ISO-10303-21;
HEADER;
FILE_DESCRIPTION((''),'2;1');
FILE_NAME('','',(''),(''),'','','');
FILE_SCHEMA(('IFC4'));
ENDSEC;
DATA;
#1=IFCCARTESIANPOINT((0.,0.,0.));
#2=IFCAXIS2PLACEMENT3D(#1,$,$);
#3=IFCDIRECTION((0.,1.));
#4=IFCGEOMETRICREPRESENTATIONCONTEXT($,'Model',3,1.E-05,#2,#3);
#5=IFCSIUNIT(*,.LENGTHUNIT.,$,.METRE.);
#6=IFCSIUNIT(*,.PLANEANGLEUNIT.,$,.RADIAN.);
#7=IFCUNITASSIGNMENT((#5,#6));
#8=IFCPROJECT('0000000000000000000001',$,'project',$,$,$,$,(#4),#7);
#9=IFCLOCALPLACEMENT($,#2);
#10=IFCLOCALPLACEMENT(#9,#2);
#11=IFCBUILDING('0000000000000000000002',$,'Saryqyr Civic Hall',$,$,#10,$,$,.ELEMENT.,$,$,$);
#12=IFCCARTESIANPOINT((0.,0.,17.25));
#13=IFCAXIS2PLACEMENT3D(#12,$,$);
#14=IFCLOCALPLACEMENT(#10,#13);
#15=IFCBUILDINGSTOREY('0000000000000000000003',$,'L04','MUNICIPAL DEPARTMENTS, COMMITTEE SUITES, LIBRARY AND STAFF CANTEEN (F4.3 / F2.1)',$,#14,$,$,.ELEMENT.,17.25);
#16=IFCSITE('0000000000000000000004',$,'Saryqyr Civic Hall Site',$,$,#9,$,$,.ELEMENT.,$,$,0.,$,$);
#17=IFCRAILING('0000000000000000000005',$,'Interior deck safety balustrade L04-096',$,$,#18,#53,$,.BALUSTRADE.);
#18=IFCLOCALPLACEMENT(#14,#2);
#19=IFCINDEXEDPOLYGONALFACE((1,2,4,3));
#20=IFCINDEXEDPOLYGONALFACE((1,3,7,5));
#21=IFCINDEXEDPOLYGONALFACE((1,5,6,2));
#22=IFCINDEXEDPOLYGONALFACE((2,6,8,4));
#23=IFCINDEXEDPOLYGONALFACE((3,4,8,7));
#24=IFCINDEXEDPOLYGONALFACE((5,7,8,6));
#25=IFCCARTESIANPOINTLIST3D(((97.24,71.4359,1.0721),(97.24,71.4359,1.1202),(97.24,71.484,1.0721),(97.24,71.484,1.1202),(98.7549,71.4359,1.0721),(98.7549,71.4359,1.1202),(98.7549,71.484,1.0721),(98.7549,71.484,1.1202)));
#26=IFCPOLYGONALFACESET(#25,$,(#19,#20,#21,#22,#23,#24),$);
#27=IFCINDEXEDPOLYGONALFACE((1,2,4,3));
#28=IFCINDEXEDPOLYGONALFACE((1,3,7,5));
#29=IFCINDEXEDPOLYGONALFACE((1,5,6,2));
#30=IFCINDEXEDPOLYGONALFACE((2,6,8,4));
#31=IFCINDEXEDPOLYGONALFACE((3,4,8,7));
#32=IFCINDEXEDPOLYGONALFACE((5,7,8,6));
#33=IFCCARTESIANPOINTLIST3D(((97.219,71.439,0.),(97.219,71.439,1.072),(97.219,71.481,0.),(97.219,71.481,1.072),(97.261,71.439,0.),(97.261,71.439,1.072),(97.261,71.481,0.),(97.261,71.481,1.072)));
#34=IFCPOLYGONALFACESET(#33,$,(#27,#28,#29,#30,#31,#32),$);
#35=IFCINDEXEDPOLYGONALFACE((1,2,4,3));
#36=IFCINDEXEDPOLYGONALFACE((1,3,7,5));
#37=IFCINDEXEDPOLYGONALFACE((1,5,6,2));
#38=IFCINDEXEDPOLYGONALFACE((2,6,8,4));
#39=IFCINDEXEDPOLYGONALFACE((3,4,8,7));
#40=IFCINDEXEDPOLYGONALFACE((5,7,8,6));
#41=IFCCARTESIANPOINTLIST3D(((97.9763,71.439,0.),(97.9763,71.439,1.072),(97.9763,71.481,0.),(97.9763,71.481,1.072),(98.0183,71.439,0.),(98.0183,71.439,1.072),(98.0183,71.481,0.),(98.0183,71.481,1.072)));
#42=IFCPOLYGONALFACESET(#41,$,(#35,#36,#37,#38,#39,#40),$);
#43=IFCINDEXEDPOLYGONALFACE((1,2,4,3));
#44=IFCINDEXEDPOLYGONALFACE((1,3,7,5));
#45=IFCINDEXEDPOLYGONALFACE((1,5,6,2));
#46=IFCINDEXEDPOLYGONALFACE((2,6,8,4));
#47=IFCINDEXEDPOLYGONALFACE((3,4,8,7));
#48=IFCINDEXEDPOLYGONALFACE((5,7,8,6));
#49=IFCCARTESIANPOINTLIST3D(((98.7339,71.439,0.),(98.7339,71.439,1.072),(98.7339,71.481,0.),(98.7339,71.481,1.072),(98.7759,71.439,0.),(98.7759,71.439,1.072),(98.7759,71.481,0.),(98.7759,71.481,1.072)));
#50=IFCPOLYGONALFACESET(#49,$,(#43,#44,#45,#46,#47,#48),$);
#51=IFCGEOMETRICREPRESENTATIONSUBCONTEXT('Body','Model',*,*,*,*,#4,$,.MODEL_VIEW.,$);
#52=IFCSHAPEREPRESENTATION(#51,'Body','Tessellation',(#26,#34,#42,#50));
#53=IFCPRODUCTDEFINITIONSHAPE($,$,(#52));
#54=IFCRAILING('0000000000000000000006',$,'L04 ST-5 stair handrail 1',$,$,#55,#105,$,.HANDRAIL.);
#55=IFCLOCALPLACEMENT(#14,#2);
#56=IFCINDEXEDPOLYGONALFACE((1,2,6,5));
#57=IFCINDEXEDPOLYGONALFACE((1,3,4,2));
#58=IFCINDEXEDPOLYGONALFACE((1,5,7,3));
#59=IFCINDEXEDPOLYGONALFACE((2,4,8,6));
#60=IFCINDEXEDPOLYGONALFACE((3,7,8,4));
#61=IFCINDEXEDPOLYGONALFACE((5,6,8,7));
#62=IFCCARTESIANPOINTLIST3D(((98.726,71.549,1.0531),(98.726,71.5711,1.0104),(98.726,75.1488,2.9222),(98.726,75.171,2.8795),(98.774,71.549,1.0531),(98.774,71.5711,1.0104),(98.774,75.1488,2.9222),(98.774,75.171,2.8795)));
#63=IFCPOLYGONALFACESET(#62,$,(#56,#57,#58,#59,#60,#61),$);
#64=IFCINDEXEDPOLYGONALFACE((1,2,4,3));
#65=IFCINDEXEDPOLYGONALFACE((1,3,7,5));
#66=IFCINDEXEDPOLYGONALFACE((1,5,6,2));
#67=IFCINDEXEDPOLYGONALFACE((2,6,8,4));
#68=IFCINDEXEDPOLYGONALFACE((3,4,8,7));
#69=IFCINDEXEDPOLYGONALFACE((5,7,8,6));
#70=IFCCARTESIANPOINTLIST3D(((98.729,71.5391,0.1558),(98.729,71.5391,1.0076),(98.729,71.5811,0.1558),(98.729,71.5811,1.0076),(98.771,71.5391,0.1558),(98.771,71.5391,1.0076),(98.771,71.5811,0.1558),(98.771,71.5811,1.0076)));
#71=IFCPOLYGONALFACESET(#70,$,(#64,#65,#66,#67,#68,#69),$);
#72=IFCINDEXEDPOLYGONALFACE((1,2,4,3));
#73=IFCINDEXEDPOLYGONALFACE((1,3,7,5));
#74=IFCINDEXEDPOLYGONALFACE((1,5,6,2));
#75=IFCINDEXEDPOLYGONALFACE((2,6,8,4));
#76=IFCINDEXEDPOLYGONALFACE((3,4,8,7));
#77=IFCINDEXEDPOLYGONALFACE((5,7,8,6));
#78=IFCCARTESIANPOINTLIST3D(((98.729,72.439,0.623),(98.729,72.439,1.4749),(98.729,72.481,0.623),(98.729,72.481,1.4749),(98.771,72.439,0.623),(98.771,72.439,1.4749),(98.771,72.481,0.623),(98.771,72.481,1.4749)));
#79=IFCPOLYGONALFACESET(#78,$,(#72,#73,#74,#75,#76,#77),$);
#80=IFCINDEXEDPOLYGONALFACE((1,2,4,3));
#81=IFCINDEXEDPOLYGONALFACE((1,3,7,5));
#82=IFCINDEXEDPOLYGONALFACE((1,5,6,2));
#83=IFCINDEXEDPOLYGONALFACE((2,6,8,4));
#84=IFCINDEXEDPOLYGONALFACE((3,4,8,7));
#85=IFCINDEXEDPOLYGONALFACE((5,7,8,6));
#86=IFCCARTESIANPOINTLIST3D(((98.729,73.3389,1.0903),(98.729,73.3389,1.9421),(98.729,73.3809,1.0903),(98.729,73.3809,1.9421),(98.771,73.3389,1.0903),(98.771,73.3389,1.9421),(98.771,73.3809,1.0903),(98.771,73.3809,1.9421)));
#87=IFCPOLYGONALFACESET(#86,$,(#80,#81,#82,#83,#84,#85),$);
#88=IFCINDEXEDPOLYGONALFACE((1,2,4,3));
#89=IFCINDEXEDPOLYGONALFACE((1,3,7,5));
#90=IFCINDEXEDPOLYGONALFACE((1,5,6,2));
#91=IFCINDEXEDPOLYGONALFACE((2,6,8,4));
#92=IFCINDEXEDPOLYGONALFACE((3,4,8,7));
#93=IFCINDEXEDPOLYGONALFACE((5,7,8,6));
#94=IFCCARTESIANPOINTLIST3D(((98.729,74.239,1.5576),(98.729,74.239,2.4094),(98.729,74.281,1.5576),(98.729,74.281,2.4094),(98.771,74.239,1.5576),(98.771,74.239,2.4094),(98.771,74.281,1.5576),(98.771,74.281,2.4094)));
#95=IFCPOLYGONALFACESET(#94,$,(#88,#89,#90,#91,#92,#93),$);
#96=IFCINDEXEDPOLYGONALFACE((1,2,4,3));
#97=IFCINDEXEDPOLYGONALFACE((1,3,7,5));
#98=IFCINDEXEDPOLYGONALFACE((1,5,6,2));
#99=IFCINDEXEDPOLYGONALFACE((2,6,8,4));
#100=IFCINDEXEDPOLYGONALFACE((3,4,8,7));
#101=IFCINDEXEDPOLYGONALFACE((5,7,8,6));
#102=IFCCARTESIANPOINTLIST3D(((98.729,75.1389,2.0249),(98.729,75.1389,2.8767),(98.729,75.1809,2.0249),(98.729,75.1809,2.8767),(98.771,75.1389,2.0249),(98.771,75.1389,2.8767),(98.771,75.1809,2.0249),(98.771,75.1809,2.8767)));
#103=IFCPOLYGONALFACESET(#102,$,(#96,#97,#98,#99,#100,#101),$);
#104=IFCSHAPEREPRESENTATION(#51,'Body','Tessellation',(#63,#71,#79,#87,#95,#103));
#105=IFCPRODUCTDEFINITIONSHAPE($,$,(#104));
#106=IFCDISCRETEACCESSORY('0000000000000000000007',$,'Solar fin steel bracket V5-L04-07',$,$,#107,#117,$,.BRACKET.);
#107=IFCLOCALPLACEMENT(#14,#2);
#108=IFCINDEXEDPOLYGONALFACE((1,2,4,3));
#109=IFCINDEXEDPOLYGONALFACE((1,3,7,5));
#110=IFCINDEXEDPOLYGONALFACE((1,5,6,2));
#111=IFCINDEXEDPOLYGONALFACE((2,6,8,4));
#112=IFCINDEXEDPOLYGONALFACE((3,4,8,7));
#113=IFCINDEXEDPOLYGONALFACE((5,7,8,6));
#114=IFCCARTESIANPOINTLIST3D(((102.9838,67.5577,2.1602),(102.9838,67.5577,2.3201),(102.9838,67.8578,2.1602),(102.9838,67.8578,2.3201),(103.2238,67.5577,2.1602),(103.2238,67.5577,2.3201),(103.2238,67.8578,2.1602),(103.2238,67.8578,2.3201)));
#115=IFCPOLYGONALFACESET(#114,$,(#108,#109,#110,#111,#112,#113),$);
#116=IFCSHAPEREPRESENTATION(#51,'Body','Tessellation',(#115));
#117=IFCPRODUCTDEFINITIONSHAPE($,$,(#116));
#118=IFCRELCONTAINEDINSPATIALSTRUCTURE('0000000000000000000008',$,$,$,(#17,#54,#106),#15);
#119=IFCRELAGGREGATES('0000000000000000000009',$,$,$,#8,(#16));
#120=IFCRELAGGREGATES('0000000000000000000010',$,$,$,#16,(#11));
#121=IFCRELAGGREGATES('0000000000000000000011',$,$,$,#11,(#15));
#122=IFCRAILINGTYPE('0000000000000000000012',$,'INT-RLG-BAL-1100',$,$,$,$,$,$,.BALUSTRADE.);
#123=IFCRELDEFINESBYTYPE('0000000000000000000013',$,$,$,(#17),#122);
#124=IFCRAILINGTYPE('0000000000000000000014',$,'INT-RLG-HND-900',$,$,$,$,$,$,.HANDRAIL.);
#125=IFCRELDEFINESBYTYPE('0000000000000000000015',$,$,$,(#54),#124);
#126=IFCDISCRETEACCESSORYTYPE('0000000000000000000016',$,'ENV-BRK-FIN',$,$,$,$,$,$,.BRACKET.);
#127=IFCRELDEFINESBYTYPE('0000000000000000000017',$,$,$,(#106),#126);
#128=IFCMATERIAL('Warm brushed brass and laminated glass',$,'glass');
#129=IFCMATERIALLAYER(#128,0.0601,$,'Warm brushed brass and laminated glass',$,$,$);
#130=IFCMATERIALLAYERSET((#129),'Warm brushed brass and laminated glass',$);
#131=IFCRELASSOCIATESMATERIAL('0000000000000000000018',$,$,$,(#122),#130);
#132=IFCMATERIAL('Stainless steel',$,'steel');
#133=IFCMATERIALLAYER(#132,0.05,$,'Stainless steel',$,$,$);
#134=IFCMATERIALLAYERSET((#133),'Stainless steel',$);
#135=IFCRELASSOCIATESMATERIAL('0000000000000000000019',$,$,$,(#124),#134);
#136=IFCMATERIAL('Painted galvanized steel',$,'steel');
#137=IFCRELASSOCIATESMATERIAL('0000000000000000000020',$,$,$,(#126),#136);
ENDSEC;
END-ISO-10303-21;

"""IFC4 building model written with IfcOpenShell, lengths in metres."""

from ifc_helpers import new_model, si_unit, direction, frame, origin, origin_2d, place, context, subcontext, project, spatial, rectangle, extrude, material, layer, layer_set, type_object, element, save


model = new_model("IFC4")

# Units and contexts
model_context = context("Model", 3, precision=1e-05, world=origin(), true_north=direction((0.0, 1.0)))
body_context = subcontext(model_context, "Body", "Model", "MODEL_VIEW")
ifc_project = project(units=[si_unit("LENGTHUNIT", "METRE"), si_unit("PLANEANGLEUNIT", "RADIAN")], contexts=[model_context])

# Site, building, storey
site_placement = place(None, origin())
site = spatial("IfcSite", under=ifc_project, at=site_placement, Name="Saryqyr Civic Hall Site", CompositionType="ELEMENT", RefElevation=0.0)
building_placement = place(site_placement, origin())
building = spatial("IfcBuilding", under=site, at=building_placement, Name="Saryqyr Civic Hall", CompositionType="ELEMENT")
storey_placement = place(building_placement, frame((0.0, 0.0, 17.25)))
storey = spatial("IfcBuildingStorey", under=building, at=storey_placement, Name="L04", Description="MUNICIPAL DEPARTMENTS, COMMITTEE SUITES, LIBRARY AND STAFF CANTEEN (F4.3 / F2.1)", CompositionType="ELEMENT", Elevation=17.25)

# Shared definitions
ifc_material_1 = material(Name="Painted galvanized steel", Category="steel")

# Railings
ifc_material_2 = material(Name="Warm brushed brass and laminated glass", Category="glass")
ifc_layer_1 = layer(ifc_material_2, 0.0601, Name="Warm brushed brass and laminated glass")
ifc_layer_set_1 = layer_set([ifc_layer_1], Name="Warm brushed brass and laminated glass")
railing_type_1 = type_object("IfcRailingType", Name="INT-RLG-BAL-1100", PredefinedType="BALUSTRADE", material=ifc_layer_set_1)
railing_1_placement = place(storey_placement, frame((97.24, 71.46, 0.0)))
element("IfcRailing", 1, at=railing_1_placement, inside=storey, type_object=railing_type_1, Name="Interior deck safety balustrade L04-096", PredefinedType="BALUSTRADE", context=body_context, shape_type="SweptSolid", body=[
    extrude(rectangle(XDim=0.0481, YDim=0.0481, at=origin_2d()), frame((0.0, 0.0, 1.0962), z_axis=(1.0, 0.0, 0.0), x_axis=(0.0, 1.0, 0.0)), (0.0, 0.0, 1.0), 1.5149),
    extrude(rectangle(XDim=0.042, YDim=0.042, at=origin_2d()), origin(), (0.0, 0.0, 1.0), 1.072),
    extrude(rectangle(XDim=0.042, YDim=0.042, at=origin_2d()), frame((0.7573, 0.0, 0.0)), (0.0, 0.0, 1.0), 1.072),
    extrude(rectangle(XDim=0.042, YDim=0.042, at=origin_2d()), frame((1.5149, 0.0, 0.0)), (0.0, 0.0, 1.0), 1.072),
])
ifc_material_3 = material(Name="Stainless steel", Category="steel")
ifc_layer_2 = layer(ifc_material_3, 0.05, Name="Stainless steel")
ifc_layer_set_2 = layer_set([ifc_layer_2], Name="Stainless steel")
railing_type_2 = type_object("IfcRailingType", Name="INT-RLG-HND-900", PredefinedType="HANDRAIL", material=ifc_layer_set_2)
railing_2_placement = place(storey_placement, frame((98.75, 71.5601, 0.1558)))
element("IfcRailing", 2, at=railing_2_placement, inside=storey, type_object=railing_type_2, Name="L04 ST-5 stair handrail 1", PredefinedType="HANDRAIL", context=body_context, shape_type="SweptSolid", body=[
    extrude(rectangle(XDim=0.0481, YDim=0.0481, at=origin_2d()), frame((0.0, 0.0, 0.876), z_axis=(0.0, 0.887497, 0.460813), x_axis=(-1.0, 0.0, 0.0)), (0.0, 0.0, 1.0), 4.0562),
    extrude(rectangle(XDim=0.042, YDim=0.042, at=origin_2d()), origin(), (0.0, 0.0, 1.0), 0.8518),
    extrude(rectangle(XDim=0.042, YDim=0.042, at=origin_2d()), frame((0.0, 0.8999, 0.4673)), (0.0, 0.0, 1.0), 0.8518),
    extrude(rectangle(XDim=0.042, YDim=0.042, at=origin_2d()), frame((0.0, 1.7998, 0.9346)), (0.0, 0.0, 1.0), 0.8518),
    extrude(rectangle(XDim=0.042, YDim=0.042, at=origin_2d()), frame((0.0, 2.7, 1.4019)), (0.0, 0.0, 1.0), 0.8518),
    extrude(rectangle(XDim=0.042, YDim=0.042, at=origin_2d()), frame((0.0, 3.5999, 1.8691)), (0.0, 0.0, 1.0), 0.8518),
])

# Discrete accessory
discrete_accessory_type = type_object("IfcDiscreteAccessoryType", Name="ENV-BRK-FIN", PredefinedType="BRACKET", material=ifc_material_1)
discrete_accessory_placement = place(storey_placement, frame((103.1038, 67.7078, 2.1602), z_axis=(0.0, 0.0, 1.0), x_axis=(1.0, 0.0, 0.0)))
element("IfcDiscreteAccessory", 3, at=discrete_accessory_placement, inside=storey, type_object=discrete_accessory_type, Name="Solar fin steel bracket V5-L04-07", PredefinedType="BRACKET", context=body_context, shape_type="SweptSolid", body=[
    extrude(rectangle(XDim=0.24, YDim=0.3, at=origin_2d()), origin(), (0.0, 0.0, 1.0), 0.1599),
])

save(model, "model.ifc")
